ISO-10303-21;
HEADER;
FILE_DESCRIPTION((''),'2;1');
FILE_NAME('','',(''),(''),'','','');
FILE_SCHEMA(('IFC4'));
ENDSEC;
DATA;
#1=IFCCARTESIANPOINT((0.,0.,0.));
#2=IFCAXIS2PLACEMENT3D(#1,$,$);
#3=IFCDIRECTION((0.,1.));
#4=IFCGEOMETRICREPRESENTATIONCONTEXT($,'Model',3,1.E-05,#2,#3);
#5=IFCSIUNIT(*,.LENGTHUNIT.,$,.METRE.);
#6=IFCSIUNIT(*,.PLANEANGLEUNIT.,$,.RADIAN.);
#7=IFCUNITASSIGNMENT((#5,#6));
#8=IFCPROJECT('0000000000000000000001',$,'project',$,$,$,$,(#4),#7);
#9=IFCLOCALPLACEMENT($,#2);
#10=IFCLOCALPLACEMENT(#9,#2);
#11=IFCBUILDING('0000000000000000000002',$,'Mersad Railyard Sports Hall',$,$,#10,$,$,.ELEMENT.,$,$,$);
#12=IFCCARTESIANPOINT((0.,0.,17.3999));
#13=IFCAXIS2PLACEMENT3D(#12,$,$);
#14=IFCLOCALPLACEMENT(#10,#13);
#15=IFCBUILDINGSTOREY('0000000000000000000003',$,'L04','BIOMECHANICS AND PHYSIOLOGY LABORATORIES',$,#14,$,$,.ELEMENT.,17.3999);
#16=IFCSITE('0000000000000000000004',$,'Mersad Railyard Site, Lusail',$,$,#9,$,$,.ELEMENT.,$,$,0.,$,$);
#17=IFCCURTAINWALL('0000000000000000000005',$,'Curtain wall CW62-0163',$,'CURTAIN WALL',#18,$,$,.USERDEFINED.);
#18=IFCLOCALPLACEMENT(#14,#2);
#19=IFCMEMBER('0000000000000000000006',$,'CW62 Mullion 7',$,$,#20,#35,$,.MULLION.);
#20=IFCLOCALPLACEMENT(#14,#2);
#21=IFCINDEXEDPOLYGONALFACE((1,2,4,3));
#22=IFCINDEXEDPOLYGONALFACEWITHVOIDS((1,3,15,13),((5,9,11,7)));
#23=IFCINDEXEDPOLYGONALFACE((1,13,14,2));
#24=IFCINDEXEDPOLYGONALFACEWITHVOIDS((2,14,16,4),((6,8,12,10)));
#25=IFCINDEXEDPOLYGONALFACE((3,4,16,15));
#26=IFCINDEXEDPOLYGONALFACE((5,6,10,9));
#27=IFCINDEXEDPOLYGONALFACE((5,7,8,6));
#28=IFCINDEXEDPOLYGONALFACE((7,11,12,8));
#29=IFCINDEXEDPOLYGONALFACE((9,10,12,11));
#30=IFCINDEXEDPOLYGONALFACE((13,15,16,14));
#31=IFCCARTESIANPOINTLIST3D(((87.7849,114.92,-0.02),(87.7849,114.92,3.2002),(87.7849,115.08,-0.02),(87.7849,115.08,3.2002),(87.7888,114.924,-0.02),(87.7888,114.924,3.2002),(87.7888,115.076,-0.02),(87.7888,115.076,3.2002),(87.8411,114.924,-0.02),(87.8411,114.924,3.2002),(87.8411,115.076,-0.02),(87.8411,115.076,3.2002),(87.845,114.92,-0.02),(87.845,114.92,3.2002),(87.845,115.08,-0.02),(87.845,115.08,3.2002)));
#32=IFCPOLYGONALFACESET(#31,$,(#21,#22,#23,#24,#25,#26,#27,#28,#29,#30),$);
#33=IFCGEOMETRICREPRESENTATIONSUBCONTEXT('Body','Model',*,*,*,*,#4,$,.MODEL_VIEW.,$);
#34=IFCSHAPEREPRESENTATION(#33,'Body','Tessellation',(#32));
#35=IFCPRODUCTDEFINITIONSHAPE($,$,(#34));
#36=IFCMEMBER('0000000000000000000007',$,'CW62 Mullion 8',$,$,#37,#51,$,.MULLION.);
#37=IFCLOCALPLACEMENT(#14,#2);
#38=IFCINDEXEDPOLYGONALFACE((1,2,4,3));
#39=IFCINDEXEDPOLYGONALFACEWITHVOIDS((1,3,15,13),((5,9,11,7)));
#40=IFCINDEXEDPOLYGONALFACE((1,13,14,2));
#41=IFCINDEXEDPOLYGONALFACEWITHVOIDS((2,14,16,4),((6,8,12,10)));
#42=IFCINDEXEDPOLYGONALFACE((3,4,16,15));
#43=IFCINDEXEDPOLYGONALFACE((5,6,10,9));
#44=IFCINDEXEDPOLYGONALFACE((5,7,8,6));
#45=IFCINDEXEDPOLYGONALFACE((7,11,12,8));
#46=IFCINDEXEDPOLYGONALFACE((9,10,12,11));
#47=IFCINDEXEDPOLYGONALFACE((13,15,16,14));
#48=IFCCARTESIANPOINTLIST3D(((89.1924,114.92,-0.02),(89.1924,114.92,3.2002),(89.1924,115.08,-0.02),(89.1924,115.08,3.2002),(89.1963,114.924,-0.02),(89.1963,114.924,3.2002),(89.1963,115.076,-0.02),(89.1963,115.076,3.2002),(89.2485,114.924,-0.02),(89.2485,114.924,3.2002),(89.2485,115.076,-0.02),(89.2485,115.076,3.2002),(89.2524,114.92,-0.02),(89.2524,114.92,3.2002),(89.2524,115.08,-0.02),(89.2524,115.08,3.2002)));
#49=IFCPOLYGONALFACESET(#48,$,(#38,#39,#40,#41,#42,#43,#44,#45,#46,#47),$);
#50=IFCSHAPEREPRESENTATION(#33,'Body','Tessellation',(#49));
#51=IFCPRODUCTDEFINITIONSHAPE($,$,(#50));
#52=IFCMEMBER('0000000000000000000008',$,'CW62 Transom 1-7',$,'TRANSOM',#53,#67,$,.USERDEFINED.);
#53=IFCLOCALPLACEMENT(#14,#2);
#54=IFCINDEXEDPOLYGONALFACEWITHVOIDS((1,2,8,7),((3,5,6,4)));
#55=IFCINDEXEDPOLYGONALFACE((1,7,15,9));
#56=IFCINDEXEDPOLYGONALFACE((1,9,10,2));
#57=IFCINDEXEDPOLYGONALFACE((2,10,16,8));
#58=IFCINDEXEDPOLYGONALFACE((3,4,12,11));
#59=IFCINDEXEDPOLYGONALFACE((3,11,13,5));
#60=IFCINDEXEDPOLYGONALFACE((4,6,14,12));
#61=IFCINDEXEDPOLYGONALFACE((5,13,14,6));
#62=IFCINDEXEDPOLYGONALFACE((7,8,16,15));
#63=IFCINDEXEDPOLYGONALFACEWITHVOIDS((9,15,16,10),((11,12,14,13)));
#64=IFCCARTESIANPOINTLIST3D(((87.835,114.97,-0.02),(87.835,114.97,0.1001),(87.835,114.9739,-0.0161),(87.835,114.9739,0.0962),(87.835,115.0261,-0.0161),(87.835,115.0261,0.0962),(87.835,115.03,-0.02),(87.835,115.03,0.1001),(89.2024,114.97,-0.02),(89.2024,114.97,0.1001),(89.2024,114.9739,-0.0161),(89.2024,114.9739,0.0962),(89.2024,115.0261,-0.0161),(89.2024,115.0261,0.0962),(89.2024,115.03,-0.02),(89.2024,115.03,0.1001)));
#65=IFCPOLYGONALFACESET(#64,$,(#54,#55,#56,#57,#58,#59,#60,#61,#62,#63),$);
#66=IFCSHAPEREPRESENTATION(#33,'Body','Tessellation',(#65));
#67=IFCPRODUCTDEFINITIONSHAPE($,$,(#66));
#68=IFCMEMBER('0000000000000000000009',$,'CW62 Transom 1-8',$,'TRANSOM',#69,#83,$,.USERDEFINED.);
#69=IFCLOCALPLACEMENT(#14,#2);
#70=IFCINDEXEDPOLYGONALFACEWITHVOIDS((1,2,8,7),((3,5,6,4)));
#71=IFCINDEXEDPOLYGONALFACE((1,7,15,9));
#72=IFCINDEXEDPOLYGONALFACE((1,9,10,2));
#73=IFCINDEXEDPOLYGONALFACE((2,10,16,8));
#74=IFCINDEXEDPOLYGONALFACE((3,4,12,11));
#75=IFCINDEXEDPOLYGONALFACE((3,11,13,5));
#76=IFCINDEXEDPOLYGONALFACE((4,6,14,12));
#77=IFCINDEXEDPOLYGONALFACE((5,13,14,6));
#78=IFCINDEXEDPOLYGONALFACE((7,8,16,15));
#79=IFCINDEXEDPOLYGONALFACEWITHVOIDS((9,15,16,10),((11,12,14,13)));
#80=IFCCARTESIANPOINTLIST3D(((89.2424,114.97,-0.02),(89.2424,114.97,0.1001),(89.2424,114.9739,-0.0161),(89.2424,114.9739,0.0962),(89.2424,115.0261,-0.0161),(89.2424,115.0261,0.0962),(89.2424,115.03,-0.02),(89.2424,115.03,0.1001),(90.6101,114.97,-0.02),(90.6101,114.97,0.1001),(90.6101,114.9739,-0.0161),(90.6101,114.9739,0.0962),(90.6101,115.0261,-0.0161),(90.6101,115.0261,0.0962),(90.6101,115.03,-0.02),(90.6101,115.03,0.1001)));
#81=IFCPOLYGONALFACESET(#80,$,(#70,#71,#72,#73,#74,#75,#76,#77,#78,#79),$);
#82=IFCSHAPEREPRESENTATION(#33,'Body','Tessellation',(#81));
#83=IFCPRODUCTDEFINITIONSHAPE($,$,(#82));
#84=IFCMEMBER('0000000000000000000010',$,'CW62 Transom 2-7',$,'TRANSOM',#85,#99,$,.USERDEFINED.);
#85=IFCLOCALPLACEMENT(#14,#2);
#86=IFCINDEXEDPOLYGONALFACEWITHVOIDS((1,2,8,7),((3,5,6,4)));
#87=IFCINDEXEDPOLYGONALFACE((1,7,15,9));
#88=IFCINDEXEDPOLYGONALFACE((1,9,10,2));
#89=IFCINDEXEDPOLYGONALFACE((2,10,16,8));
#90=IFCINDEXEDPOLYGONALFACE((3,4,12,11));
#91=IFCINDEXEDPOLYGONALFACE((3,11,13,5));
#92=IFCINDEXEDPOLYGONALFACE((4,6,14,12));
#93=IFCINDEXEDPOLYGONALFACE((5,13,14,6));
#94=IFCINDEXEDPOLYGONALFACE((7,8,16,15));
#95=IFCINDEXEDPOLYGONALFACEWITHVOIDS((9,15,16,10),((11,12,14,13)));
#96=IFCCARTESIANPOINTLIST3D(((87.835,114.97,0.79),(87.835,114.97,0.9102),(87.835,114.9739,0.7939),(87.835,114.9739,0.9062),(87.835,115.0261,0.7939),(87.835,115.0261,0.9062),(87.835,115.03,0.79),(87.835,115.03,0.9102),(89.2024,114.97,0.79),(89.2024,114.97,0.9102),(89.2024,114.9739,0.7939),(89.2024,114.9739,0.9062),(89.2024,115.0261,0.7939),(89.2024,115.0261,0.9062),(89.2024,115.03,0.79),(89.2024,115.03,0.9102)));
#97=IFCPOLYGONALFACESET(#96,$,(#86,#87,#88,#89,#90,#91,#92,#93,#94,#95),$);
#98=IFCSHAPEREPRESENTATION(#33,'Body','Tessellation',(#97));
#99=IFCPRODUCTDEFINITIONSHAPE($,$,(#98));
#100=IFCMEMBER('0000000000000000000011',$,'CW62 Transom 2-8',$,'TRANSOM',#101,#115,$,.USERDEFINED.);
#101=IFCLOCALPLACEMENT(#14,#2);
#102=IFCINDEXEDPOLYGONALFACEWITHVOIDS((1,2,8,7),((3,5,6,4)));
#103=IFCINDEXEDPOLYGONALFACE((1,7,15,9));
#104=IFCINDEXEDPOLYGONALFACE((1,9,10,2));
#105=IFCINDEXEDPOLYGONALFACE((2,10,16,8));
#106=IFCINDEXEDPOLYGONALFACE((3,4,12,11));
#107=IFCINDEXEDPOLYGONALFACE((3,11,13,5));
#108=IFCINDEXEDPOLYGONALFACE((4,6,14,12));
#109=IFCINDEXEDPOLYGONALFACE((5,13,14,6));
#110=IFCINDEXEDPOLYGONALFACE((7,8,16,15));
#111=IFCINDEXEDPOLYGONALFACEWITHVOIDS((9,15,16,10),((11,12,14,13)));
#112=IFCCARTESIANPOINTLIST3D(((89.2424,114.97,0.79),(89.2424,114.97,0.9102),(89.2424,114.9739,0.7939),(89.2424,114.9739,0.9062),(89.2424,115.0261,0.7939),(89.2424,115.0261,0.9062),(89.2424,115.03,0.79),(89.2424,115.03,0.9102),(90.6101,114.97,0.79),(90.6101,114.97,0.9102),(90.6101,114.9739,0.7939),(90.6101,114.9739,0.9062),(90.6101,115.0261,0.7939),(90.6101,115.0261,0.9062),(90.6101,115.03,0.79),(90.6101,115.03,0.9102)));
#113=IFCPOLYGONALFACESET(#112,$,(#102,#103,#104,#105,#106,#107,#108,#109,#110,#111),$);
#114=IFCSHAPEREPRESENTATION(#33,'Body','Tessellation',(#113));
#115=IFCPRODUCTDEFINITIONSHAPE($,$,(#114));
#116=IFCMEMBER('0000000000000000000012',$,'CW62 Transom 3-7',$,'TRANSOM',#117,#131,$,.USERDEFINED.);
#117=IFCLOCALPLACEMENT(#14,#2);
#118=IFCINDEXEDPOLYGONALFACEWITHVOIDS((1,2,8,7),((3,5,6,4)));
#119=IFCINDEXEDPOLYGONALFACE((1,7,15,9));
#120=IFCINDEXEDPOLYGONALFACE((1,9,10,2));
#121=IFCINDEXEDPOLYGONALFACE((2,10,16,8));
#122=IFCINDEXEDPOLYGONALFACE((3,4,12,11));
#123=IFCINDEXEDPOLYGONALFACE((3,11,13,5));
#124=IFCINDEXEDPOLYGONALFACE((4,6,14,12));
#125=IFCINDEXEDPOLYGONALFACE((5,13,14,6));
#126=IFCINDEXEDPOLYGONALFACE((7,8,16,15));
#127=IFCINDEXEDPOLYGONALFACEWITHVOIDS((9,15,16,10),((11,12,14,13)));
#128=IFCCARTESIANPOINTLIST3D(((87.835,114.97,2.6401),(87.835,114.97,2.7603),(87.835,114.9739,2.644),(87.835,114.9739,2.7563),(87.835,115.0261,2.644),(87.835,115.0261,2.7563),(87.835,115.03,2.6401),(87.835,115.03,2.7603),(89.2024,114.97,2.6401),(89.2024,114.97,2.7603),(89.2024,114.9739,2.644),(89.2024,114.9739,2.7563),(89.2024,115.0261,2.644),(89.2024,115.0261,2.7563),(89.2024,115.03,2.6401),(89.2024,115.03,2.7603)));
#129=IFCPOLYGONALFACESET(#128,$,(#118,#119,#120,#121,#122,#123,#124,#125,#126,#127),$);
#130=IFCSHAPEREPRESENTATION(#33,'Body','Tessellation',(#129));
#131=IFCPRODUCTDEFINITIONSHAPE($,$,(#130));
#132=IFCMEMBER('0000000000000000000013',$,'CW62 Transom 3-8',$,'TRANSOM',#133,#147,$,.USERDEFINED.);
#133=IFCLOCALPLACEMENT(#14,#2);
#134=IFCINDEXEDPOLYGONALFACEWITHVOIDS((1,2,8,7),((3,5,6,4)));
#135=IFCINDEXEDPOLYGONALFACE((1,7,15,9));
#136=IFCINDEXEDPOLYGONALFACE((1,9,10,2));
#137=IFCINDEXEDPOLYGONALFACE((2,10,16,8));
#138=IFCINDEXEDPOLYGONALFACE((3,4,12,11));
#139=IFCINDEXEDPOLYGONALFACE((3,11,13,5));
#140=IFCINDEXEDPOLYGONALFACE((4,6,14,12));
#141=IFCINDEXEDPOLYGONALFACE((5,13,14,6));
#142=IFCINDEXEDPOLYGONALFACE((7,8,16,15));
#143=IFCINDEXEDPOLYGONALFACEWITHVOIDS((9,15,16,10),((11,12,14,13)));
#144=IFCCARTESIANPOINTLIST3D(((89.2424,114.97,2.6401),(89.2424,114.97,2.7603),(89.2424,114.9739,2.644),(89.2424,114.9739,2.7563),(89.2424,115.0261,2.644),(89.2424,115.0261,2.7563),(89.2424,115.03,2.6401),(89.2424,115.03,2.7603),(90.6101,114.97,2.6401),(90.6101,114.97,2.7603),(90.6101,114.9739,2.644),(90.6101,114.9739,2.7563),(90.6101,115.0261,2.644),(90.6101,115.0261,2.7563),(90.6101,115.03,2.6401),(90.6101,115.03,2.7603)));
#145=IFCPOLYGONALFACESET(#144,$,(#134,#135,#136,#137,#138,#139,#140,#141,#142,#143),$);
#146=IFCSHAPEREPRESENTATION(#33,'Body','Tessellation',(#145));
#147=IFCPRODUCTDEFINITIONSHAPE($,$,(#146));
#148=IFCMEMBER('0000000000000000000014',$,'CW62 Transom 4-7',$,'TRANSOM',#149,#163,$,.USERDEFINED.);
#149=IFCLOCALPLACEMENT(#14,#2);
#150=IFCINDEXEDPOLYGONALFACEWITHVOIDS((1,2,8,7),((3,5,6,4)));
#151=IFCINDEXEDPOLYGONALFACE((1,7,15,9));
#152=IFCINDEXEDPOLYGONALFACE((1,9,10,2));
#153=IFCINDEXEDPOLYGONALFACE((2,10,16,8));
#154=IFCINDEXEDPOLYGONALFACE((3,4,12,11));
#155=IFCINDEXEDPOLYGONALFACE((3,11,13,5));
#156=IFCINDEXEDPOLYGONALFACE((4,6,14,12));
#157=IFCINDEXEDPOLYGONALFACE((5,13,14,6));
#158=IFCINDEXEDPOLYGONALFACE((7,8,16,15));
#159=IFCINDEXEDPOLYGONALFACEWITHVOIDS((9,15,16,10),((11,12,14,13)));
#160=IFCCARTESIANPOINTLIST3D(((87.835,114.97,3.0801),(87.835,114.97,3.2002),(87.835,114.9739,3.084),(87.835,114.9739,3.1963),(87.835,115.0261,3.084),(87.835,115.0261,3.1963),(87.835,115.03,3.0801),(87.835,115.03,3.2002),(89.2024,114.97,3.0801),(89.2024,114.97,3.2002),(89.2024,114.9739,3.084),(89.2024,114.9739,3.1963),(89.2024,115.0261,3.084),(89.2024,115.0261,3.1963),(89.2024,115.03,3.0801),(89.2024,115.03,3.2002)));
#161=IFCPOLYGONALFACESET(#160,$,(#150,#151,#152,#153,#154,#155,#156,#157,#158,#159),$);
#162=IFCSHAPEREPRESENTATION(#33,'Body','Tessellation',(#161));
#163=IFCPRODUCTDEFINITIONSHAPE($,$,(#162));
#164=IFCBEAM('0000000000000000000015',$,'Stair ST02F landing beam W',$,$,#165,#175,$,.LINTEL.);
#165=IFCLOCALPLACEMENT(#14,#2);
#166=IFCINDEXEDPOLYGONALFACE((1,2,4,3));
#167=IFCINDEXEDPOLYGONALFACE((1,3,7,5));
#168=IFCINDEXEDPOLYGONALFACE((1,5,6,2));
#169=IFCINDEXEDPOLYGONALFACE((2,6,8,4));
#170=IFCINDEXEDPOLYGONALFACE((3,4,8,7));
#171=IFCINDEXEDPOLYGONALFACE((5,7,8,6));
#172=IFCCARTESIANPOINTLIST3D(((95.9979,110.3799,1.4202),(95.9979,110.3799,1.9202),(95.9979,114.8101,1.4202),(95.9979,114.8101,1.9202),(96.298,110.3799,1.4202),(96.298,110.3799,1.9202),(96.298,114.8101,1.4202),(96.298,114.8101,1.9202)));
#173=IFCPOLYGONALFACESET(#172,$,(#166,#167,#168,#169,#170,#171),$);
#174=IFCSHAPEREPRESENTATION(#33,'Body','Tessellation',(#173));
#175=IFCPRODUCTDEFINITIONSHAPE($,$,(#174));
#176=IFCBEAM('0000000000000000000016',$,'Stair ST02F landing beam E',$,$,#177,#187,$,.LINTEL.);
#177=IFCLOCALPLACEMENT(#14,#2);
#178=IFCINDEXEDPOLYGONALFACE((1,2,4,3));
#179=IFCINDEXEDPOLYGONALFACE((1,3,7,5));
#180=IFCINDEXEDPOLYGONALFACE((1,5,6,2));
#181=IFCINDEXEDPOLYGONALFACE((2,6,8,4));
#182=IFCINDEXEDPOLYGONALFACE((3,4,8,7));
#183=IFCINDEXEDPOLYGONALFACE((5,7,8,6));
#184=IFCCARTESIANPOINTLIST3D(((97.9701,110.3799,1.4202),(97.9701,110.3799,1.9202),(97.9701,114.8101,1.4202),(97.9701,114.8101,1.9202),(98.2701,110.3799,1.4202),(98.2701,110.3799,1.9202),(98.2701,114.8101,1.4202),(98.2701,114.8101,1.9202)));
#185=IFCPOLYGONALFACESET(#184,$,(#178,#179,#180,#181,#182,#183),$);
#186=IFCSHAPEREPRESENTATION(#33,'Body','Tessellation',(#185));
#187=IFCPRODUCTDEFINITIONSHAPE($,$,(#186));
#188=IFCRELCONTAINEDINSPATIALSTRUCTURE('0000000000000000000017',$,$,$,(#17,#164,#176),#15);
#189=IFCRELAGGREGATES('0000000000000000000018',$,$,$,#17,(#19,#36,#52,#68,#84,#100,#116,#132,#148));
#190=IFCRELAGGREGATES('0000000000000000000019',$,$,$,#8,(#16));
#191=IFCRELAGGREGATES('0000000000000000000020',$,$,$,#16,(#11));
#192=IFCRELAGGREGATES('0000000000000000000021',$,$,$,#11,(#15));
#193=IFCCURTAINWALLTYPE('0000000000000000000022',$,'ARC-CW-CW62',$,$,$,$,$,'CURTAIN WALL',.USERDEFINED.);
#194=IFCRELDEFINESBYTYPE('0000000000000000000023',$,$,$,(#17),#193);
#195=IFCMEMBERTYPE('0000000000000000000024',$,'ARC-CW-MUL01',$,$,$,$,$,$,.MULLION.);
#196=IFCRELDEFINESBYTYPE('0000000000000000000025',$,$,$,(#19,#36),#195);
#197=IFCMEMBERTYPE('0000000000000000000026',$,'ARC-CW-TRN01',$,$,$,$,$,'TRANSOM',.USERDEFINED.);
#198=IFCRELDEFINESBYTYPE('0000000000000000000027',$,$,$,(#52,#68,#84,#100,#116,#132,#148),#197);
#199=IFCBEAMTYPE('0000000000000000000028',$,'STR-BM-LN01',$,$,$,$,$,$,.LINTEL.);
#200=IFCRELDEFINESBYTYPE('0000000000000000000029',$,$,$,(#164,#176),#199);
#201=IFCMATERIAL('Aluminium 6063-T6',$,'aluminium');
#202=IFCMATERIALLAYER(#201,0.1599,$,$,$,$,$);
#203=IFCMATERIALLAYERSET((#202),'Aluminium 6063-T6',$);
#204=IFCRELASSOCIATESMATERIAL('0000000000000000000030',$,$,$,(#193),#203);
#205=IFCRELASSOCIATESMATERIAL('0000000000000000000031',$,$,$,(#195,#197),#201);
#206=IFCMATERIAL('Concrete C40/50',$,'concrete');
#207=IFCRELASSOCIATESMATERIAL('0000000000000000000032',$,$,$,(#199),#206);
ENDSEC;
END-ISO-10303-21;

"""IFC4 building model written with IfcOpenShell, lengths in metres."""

from ifc_helpers import new_model, si_unit, direction, frame, origin, origin_2d, place, context, subcontext, project, spatial, rectangle, hollow_rectangle, extrude, material, layer, layer_set, material_profile, profile_set, type_object, element, aggregate, save


model = new_model("IFC4")

# Units and contexts
model_context = context("Model", 3, precision=1e-05, world=origin(), true_north=direction((0.0, 1.0)))
body_context = subcontext(model_context, "Body", "Model", "MODEL_VIEW")
ifc_project = project(units=[si_unit("LENGTHUNIT", "METRE"), si_unit("PLANEANGLEUNIT", "RADIAN")], contexts=[model_context])

# Site, building, storey
site_placement = place(None, origin())
site = spatial("IfcSite", under=ifc_project, at=site_placement, Name="Mersad Railyard Site, Lusail", CompositionType="ELEMENT", RefElevation=0.0)
building_placement = place(site_placement, origin())
building = spatial("IfcBuilding", under=site, at=building_placement, Name="Mersad Railyard Sports Hall", CompositionType="ELEMENT")
storey_placement = place(building_placement, frame((0.0, 0.0, 17.3999)))
storey = spatial("IfcBuildingStorey", under=building, at=storey_placement, Name="L04", Description="BIOMECHANICS AND PHYSIOLOGY LABORATORIES", CompositionType="ELEMENT", Elevation=17.3999)

# Curtain wall, members
ifc_material_1 = material(Name="Aluminium 6063-T6", Category="aluminium")
ifc_layer_1 = layer(ifc_material_1, 0.1599)
ifc_layer_set_1 = layer_set([ifc_layer_1], Name="Aluminium 6063-T6")
curtain_wall_type = type_object("IfcCurtainWallType", Name="ARC-CW-CW62", ElementType="CURTAIN WALL", PredefinedType="USERDEFINED", material=ifc_layer_set_1)
curtain_wall_placement = place(storey_placement, origin())
curtain_wall = element("IfcCurtainWall", 1, at=curtain_wall_placement, inside=storey, type_object=curtain_wall_type, Name="Curtain wall CW62-0163", ObjectType="CURTAIN WALL", PredefinedType="USERDEFINED")
ifc_material_profile_1 = material_profile(ifc_material_1, hollow_rectangle(XDim=0.0601, YDim=0.1599, WallThickness=0.0039, at=origin_2d()), Name="AL MULLION 60x160x4")
ifc_profile_set_1 = profile_set([ifc_material_profile_1], Name="Aluminium 6063-T6")
member_type_1 = type_object("IfcMemberType", Name="ARC-CW-MUL01", PredefinedType="MULLION", material=ifc_profile_set_1)
member_1_placement = place(storey_placement, frame((87.8149, 115.0, -0.02), z_axis=(0.0, 0.0, 1.0), x_axis=(1.0, 0.0, 0.0)))
member_1 = element("IfcMember", 2, at=member_1_placement, type_object=member_type_1, Name="CW62 Mullion 7", PredefinedType="MULLION", context=body_context, shape_type="SweptSolid", body=[
    extrude(hollow_rectangle(XDim=0.0601, YDim=0.1599, WallThickness=0.0039, at=origin_2d()), origin(), (0.0, 0.0, 1.0), 3.2202),
])
member_2_placement = place(storey_placement, frame((89.2224, 115.0, -0.02), z_axis=(0.0, 0.0, 1.0), x_axis=(1.0, 0.0, 0.0)))
member_2 = element("IfcMember", 3, at=member_2_placement, type_object=member_type_1, Name="CW62 Mullion 8", PredefinedType="MULLION", context=body_context, shape_type="SweptSolid", body=[
    extrude(hollow_rectangle(XDim=0.0601, YDim=0.1599, WallThickness=0.0039, at=origin_2d()), origin(), (0.0, 0.0, 1.0), 3.2202),
])
ifc_material_profile_2 = material_profile(ifc_material_1, hollow_rectangle(XDim=0.0601, YDim=0.1201, WallThickness=0.0039, at=origin_2d()), Name="AL TRANSOM 60x120x4")
ifc_profile_set_2 = profile_set([ifc_material_profile_2], Name="Aluminium 6063-T6")
member_type_2 = type_object("IfcMemberType", Name="ARC-CW-TRN01", ElementType="TRANSOM", PredefinedType="USERDEFINED", material=ifc_profile_set_2)
member_3_placement = place(storey_placement, frame((87.835, 115.0, 0.04), z_axis=(1.0, 0.0, 0.0), x_axis=(0.0, 1.0, 0.0)))
member_3 = element("IfcMember", 4, at=member_3_placement, type_object=member_type_2, Name="CW62 Transom 1-7", ObjectType="TRANSOM", PredefinedType="USERDEFINED", context=body_context, shape_type="SweptSolid", body=[
    extrude(hollow_rectangle(XDim=0.0601, YDim=0.1201, WallThickness=0.0039, at=origin_2d()), origin(), (0.0, 0.0, 1.0), 1.3674),
])
member_4_placement = place(storey_placement, frame((89.2424, 115.0, 0.04), z_axis=(1.0, 0.0, 0.0), x_axis=(0.0, 1.0, 0.0)))
member_4 = element("IfcMember", 5, at=member_4_placement, type_object=member_type_2, Name="CW62 Transom 1-8", ObjectType="TRANSOM", PredefinedType="USERDEFINED", context=body_context, shape_type="SweptSolid", body=[
    extrude(hollow_rectangle(XDim=0.0601, YDim=0.1201, WallThickness=0.0039, at=origin_2d()), origin(), (0.0, 0.0, 1.0), 1.3677),
])
member_5_placement = place(storey_placement, frame((87.835, 115.0, 0.8501), z_axis=(1.0, 0.0, 0.0), x_axis=(0.0, 1.0, 0.0)))
member_5 = element("IfcMember", 6, at=member_5_placement, type_object=member_type_2, Name="CW62 Transom 2-7", ObjectType="TRANSOM", PredefinedType="USERDEFINED", context=body_context, shape_type="SweptSolid", body=[
    extrude(hollow_rectangle(XDim=0.0601, YDim=0.1201, WallThickness=0.0039, at=origin_2d()), origin(), (0.0, 0.0, 1.0), 1.3674),
])
member_6_placement = place(storey_placement, frame((89.2424, 115.0, 0.8501), z_axis=(1.0, 0.0, 0.0), x_axis=(0.0, 1.0, 0.0)))
member_6 = element("IfcMember", 7, at=member_6_placement, type_object=member_type_2, Name="CW62 Transom 2-8", ObjectType="TRANSOM", PredefinedType="USERDEFINED", context=body_context, shape_type="SweptSolid", body=[
    extrude(hollow_rectangle(XDim=0.0601, YDim=0.1201, WallThickness=0.0039, at=origin_2d()), origin(), (0.0, 0.0, 1.0), 1.3677),
])
member_7_placement = place(storey_placement, frame((87.835, 115.0, 2.7002), z_axis=(1.0, 0.0, 0.0), x_axis=(0.0, 1.0, 0.0)))
member_7 = element("IfcMember", 8, at=member_7_placement, type_object=member_type_2, Name="CW62 Transom 3-7", ObjectType="TRANSOM", PredefinedType="USERDEFINED", context=body_context, shape_type="SweptSolid", body=[
    extrude(hollow_rectangle(XDim=0.0601, YDim=0.1201, WallThickness=0.0039, at=origin_2d()), origin(), (0.0, 0.0, 1.0), 1.3674),
])
member_8_placement = place(storey_placement, frame((89.2424, 115.0, 2.7002), z_axis=(1.0, 0.0, 0.0), x_axis=(0.0, 1.0, 0.0)))
member_8 = element("IfcMember", 9, at=member_8_placement, type_object=member_type_2, Name="CW62 Transom 3-8", ObjectType="TRANSOM", PredefinedType="USERDEFINED", context=body_context, shape_type="SweptSolid", body=[
    extrude(hollow_rectangle(XDim=0.0601, YDim=0.1201, WallThickness=0.0039, at=origin_2d()), origin(), (0.0, 0.0, 1.0), 1.3677),
])
member_9_placement = place(storey_placement, frame((87.835, 115.0, 3.1401), z_axis=(1.0, 0.0, 0.0), x_axis=(0.0, 1.0, 0.0)))
member_9 = element("IfcMember", 10, at=member_9_placement, type_object=member_type_2, Name="CW62 Transom 4-7", ObjectType="TRANSOM", PredefinedType="USERDEFINED", context=body_context, shape_type="SweptSolid", body=[
    extrude(hollow_rectangle(XDim=0.0601, YDim=0.1201, WallThickness=0.0039, at=origin_2d()), origin(), (0.0, 0.0, 1.0), 1.3674),
])

# Beams
ifc_material_2 = material(Name="Concrete C40/50", Category="concrete")
ifc_material_profile_3 = material_profile(ifc_material_2, rectangle(XDim=0.3, YDim=0.5, at=origin_2d()), Name="RC 300x500")
ifc_profile_set_3 = profile_set([ifc_material_profile_3], Name="Concrete C40/50")
beam_type = type_object("IfcBeamType", Name="STR-BM-LN01", PredefinedType="LINTEL", material=ifc_profile_set_3)
for number, where, z_axis, x_axis, name in (
    (11, (96.1479, 110.3799, 1.6702), (0.0, 1.0, 0.0), (-1.0, 0.0, 0.0), "Stair ST02F landing beam W"),
    (12, (98.1201, 110.3799, 1.6702), (0.0, 1.0, 0.0), (-1.0, 0.0, 0.0), "Stair ST02F landing beam E"),
):
    element("IfcBeam", number, at=place(storey_placement, frame(where, z_axis=z_axis, x_axis=x_axis)), inside=storey, type_object=beam_type, Name=name, PredefinedType="LINTEL", context=body_context, shape_type="SweptSolid", body=[
        extrude(rectangle(XDim=0.3, YDim=0.5, at=origin_2d()), origin(), (0.0, 0.0, 1.0), 4.4302),
    ])

aggregate(curtain_wall, [member_1, member_2, member_3, member_4, member_5, member_6, member_7, member_8, member_9])

save(model, "model.ifc")
